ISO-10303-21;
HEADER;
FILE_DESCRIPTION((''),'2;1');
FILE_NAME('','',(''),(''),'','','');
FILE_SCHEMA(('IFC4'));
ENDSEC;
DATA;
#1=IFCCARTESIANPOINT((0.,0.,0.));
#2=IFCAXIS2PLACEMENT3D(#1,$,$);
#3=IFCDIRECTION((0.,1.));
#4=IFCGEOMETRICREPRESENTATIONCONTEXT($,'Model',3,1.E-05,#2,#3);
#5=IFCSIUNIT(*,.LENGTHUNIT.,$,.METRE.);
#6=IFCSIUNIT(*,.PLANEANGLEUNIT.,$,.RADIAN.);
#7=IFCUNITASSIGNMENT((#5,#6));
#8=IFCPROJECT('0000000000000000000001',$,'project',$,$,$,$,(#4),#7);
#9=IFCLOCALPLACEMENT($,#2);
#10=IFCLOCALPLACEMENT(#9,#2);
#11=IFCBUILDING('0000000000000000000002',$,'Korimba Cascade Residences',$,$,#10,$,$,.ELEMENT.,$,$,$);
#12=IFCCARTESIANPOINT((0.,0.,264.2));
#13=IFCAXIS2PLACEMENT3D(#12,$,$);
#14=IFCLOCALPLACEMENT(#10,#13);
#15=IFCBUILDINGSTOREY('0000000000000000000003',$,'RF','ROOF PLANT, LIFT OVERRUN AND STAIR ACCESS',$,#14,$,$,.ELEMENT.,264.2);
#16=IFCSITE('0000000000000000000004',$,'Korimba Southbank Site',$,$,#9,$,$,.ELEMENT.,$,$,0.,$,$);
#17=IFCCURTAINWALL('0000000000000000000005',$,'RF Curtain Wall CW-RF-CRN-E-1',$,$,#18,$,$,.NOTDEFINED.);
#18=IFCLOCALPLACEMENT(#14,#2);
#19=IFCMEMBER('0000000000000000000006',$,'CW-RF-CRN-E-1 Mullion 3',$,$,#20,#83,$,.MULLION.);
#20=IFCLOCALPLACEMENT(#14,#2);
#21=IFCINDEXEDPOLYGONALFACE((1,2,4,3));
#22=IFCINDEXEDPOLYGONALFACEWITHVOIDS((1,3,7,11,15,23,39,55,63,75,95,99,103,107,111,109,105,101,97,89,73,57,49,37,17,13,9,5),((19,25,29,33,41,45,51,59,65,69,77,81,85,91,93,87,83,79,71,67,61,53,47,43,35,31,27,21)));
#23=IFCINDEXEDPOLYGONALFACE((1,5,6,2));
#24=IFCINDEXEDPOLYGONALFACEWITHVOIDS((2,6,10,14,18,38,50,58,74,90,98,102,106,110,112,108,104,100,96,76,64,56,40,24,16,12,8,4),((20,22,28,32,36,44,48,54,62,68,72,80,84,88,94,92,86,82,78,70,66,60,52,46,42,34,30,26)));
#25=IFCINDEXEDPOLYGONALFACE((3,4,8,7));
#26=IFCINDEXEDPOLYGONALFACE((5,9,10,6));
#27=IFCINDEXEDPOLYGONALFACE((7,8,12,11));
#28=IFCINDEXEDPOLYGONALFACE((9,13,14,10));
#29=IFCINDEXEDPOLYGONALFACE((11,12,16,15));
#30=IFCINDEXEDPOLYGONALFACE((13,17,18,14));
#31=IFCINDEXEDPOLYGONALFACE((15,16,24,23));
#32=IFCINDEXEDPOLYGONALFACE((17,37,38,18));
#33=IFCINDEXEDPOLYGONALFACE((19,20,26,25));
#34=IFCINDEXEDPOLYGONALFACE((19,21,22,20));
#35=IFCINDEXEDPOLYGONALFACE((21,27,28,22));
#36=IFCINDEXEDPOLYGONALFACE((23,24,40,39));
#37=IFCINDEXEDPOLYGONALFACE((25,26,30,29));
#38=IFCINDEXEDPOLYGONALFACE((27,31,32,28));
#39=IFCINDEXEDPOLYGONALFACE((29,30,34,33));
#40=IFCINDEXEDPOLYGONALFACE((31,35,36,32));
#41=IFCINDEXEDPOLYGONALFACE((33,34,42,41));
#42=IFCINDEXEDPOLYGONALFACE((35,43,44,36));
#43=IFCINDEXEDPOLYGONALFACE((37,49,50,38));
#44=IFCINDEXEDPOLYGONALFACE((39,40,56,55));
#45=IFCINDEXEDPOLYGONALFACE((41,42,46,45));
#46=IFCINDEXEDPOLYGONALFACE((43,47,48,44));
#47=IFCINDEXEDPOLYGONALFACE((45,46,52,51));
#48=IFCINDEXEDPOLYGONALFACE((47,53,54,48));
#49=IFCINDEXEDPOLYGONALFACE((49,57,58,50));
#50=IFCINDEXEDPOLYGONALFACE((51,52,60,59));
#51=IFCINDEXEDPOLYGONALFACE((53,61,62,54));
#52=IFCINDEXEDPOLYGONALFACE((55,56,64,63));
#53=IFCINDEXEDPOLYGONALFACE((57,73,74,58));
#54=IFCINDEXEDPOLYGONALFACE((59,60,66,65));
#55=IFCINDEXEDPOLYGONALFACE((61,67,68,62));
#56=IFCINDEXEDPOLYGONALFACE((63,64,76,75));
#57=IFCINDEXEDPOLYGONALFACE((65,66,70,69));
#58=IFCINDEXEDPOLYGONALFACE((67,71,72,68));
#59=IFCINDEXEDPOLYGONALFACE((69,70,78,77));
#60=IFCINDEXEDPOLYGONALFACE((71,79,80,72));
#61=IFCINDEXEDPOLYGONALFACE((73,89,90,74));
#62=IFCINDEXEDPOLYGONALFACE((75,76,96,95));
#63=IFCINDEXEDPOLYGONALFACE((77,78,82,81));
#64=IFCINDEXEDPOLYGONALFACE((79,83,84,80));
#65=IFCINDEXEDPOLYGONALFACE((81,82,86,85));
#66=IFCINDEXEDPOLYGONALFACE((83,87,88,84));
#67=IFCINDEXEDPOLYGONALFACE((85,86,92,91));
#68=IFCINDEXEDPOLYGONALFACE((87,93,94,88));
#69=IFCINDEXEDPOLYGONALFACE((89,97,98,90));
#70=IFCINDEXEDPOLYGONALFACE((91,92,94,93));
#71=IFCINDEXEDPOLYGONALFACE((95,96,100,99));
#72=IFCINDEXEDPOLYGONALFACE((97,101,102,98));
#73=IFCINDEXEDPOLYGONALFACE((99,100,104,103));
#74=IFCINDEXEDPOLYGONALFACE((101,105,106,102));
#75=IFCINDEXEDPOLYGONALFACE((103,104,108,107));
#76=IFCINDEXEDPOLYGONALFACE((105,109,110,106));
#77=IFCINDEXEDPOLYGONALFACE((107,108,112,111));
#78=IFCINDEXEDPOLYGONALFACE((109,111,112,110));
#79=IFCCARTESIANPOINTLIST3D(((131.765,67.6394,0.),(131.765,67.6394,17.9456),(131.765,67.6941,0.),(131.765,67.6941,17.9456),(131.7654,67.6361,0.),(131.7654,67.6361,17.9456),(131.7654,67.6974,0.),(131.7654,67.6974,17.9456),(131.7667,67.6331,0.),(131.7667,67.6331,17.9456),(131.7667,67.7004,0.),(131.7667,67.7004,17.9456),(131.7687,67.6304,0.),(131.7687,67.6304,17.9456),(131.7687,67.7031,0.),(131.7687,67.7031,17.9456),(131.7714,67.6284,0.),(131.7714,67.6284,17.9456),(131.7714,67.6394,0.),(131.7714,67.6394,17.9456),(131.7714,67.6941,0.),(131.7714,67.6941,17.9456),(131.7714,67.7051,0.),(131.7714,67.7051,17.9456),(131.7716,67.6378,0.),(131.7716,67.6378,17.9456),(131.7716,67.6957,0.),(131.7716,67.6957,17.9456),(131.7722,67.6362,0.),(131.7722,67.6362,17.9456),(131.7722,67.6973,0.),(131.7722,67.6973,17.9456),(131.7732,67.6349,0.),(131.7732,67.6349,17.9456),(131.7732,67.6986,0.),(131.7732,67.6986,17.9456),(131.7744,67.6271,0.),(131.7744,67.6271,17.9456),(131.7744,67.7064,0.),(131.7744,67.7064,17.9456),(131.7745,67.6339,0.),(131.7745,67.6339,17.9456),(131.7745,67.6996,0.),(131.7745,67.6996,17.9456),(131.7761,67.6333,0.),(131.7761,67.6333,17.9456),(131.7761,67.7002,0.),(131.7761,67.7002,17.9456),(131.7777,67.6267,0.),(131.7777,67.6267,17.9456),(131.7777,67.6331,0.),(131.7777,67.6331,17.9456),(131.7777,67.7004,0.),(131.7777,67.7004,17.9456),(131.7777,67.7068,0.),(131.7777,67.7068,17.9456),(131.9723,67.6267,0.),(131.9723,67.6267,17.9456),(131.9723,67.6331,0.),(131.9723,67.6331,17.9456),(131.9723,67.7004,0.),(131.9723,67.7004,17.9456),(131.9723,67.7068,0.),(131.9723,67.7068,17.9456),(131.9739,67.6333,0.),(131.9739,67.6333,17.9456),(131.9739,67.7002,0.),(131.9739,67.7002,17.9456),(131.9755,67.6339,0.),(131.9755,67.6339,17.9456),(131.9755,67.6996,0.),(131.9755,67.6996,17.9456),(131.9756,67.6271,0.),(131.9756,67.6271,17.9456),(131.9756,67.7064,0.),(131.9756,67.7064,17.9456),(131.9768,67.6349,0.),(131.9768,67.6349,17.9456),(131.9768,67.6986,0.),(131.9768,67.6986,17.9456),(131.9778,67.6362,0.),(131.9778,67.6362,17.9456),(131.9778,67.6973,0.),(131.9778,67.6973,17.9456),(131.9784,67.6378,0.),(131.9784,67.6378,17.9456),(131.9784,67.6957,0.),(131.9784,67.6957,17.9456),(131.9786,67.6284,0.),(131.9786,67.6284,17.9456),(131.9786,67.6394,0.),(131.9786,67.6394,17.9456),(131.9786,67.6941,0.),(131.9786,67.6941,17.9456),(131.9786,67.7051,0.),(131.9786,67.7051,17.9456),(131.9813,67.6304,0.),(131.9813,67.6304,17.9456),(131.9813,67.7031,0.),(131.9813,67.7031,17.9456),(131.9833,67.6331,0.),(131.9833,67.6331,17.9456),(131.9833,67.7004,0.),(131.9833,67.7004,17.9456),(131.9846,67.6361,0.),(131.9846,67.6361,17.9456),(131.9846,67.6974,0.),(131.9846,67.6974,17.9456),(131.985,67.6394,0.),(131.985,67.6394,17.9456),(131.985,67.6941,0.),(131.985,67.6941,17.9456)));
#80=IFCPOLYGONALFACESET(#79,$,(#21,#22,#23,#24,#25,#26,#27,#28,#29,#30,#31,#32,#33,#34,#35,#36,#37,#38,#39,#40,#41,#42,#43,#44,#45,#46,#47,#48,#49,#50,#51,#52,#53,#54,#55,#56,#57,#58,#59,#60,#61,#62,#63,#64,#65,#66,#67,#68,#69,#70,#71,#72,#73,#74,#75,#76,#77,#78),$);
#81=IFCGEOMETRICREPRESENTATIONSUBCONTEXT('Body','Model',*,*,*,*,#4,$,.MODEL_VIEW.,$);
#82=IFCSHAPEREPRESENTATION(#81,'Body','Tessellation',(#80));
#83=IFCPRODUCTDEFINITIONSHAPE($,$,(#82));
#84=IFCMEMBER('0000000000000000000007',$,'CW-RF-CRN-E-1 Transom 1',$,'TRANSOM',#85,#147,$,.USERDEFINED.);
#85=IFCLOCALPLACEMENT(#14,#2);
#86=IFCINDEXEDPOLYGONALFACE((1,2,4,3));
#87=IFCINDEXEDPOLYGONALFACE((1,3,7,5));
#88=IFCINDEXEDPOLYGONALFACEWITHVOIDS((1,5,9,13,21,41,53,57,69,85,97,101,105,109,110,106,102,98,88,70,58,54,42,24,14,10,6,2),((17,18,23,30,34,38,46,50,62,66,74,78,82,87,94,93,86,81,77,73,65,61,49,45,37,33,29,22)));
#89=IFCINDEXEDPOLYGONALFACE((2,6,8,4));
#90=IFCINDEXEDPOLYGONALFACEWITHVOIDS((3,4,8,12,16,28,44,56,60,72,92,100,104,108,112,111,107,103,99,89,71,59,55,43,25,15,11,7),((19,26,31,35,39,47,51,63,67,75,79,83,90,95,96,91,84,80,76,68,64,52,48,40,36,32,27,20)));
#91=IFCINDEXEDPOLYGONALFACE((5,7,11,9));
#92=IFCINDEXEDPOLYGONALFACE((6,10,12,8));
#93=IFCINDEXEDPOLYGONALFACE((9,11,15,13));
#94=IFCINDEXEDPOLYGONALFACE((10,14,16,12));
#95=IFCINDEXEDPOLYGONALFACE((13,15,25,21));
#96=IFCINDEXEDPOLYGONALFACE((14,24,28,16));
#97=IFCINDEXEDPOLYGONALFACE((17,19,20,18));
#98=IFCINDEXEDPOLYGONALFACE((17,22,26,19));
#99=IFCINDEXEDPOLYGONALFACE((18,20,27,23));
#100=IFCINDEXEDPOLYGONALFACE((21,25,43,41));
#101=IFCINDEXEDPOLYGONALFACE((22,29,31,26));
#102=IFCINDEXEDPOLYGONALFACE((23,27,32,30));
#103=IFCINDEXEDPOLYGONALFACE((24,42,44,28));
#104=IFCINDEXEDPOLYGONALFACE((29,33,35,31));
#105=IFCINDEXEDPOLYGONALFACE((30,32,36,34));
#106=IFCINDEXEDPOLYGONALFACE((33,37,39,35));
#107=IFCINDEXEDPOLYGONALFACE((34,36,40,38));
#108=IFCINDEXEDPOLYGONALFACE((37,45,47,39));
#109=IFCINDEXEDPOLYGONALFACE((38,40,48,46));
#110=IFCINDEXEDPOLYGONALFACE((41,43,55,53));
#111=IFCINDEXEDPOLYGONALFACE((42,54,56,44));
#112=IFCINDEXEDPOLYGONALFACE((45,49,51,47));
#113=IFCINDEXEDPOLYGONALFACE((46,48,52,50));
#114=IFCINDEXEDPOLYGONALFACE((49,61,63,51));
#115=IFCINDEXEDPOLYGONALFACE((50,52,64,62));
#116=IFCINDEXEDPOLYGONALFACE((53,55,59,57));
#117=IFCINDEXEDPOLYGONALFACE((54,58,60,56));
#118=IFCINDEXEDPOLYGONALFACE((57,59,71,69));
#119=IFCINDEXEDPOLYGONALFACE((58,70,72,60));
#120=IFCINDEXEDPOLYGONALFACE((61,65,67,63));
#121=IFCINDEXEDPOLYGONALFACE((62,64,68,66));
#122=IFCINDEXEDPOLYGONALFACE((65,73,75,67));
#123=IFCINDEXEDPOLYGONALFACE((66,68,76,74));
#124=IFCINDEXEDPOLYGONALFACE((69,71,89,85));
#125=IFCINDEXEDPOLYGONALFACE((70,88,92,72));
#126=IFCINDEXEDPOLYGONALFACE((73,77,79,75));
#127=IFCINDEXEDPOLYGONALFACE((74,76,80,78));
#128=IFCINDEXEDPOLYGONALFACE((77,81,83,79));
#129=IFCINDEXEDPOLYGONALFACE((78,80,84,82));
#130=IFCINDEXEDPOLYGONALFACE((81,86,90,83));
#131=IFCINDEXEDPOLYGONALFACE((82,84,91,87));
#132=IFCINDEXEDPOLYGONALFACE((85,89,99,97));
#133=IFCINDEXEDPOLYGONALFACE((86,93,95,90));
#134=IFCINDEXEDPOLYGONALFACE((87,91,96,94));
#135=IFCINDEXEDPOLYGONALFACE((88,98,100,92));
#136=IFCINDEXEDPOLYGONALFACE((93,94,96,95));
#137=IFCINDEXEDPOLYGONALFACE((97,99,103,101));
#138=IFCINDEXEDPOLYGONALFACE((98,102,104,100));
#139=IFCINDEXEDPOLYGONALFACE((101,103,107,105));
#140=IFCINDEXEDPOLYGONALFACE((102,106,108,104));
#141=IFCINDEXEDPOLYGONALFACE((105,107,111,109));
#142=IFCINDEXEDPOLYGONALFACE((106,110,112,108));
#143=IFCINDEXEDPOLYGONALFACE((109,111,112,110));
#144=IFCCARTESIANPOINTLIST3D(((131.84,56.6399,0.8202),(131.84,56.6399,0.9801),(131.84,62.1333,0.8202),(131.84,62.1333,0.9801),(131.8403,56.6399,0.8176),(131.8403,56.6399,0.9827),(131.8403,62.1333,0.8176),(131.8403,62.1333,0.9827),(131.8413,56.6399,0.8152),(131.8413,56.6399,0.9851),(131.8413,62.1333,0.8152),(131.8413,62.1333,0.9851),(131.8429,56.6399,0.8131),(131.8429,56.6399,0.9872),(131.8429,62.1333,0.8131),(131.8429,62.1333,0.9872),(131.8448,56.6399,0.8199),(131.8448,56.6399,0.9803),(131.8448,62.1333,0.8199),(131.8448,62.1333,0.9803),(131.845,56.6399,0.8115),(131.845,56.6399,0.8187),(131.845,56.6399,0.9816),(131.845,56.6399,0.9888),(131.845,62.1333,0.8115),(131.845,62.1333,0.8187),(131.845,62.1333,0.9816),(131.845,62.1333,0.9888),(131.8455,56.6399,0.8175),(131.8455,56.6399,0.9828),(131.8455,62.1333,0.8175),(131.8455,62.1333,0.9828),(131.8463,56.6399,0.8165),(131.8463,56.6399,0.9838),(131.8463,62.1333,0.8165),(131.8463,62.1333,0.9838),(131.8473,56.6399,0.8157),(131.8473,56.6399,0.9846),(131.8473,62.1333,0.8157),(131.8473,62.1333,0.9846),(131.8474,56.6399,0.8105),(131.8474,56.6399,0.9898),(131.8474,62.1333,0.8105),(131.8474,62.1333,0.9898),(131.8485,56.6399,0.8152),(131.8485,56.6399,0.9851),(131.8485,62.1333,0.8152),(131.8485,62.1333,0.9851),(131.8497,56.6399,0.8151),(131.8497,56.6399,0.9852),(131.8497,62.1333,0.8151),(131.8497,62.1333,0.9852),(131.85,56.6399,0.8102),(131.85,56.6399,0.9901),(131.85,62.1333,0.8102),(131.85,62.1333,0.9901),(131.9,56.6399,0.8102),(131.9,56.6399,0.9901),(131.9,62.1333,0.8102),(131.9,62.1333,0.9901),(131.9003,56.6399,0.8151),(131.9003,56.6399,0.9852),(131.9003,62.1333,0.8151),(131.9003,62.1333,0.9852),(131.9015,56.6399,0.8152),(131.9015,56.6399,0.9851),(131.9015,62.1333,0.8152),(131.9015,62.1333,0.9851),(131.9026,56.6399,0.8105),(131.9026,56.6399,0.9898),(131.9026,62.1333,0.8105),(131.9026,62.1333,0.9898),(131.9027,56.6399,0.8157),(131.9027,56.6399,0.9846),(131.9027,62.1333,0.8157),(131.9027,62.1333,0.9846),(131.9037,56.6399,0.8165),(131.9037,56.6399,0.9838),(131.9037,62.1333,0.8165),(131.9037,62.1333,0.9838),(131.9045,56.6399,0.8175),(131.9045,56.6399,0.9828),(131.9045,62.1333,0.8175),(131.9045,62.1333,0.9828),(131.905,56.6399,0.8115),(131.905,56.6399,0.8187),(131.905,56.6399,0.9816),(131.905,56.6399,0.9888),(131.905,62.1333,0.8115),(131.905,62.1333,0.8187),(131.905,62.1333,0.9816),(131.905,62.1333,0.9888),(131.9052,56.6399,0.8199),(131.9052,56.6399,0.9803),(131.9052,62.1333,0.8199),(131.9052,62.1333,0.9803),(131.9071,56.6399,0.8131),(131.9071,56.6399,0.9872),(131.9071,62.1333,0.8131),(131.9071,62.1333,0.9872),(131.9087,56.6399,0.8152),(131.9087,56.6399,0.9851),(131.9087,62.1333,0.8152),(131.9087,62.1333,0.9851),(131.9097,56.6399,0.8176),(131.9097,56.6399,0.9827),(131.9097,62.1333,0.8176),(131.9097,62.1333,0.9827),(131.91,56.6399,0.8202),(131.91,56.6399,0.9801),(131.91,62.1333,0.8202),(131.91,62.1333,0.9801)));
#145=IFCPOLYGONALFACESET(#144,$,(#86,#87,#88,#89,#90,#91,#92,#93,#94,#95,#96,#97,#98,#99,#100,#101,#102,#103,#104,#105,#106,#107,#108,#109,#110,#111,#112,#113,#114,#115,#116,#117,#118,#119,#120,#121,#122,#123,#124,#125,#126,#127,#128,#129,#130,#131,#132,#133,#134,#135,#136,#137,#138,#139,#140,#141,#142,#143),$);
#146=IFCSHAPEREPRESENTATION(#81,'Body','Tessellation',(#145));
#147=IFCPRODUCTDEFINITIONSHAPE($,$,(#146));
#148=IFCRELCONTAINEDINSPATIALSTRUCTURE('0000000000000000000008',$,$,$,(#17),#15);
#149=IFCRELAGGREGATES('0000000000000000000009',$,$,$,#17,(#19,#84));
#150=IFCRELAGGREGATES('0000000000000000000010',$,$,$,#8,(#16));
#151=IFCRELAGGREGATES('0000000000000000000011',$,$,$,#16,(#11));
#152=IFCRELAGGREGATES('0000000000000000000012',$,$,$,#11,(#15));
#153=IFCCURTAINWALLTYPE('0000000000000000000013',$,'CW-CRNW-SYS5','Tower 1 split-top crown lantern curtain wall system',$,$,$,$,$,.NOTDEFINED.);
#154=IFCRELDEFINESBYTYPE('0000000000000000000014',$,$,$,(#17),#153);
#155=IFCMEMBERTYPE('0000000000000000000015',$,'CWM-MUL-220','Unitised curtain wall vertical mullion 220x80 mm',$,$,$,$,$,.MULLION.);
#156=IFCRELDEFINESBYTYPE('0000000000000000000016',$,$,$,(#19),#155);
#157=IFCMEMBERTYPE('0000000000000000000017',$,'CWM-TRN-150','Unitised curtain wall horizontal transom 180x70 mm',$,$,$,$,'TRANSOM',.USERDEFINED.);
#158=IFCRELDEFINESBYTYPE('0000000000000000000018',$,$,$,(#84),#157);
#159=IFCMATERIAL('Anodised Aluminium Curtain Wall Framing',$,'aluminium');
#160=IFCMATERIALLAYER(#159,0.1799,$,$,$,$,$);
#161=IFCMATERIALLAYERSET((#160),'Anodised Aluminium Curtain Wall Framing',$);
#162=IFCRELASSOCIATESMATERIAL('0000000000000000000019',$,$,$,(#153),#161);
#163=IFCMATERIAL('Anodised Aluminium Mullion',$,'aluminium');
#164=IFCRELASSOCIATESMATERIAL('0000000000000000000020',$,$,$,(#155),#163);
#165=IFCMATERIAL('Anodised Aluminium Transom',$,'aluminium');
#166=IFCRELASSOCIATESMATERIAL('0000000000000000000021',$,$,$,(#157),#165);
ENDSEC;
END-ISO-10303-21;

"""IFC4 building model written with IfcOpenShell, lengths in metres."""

from ifc_helpers import new_model, si_unit, direction, frame, origin, origin_2d, place, context, subcontext, project, spatial, hollow_rectangle, extrude, material, layer, layer_set, material_profile, profile_set, type_object, element, aggregate, save


model = new_model("IFC4")

# Units and contexts
model_context = context("Model", 3, precision=1e-05, world=origin(), true_north=direction((0.0, 1.0)))
body_context = subcontext(model_context, "Body", "Model", "MODEL_VIEW")
ifc_project = project(units=[si_unit("LENGTHUNIT", "METRE"), si_unit("PLANEANGLEUNIT", "RADIAN")], contexts=[model_context])

# Site, building, storey
site_placement = place(None, origin())
site = spatial("IfcSite", under=ifc_project, at=site_placement, Name="Korimba Southbank Site", CompositionType="ELEMENT", RefElevation=0.0)
building_placement = place(site_placement, origin())
building = spatial("IfcBuilding", under=site, at=building_placement, Name="Korimba Cascade Residences", CompositionType="ELEMENT")
storey_placement = place(building_placement, frame((0.0, 0.0, 264.2)))
storey = spatial("IfcBuildingStorey", under=building, at=storey_placement, Name="RF", Description="ROOF PLANT, LIFT OVERRUN AND STAIR ACCESS", CompositionType="ELEMENT", Elevation=264.2)

# Curtain wall, members
ifc_material_1 = material(Name="Anodised Aluminium Curtain Wall Framing", Category="aluminium")
ifc_layer_1 = layer(ifc_material_1, 0.1799)
ifc_layer_set_1 = layer_set([ifc_layer_1], Name="Anodised Aluminium Curtain Wall Framing")
curtain_wall_type = type_object("IfcCurtainWallType", Name="CW-CRNW-SYS5", Description="Tower 1 split-top crown lantern curtain wall system", PredefinedType="NOTDEFINED", material=ifc_layer_set_1)
curtain_wall_placement = place(storey_placement, origin())
curtain_wall = element("IfcCurtainWall", 1, at=curtain_wall_placement, inside=storey, type_object=curtain_wall_type, Name="RF Curtain Wall CW-RF-CRN-E-1", PredefinedType="NOTDEFINED")
ifc_material_2 = material(Name="Anodised Aluminium Mullion", Category="aluminium")
ifc_material_profile_1 = material_profile(ifc_material_2, hollow_rectangle(XDim=0.0801, YDim=0.22, WallThickness=0.0063, InnerFilletRadius=0.0063, OuterFilletRadius=0.0127, at=origin_2d()), Name="Anodised Aluminium Mullion")
ifc_profile_set_1 = profile_set([ifc_material_profile_1], Name="Anodised Aluminium Mullion")
member_type_1 = type_object("IfcMemberType", Name="CWM-MUL-220", Description="Unitised curtain wall vertical mullion 220x80 mm", PredefinedType="MULLION", material=ifc_profile_set_1)
member_1_placement = place(storey_placement, frame((131.875, 67.6667, 0.0), z_axis=(0.0, 0.0, 1.0), x_axis=(0.0, 1.0, 0.0)))
member_1 = element("IfcMember", 2, at=member_1_placement, type_object=member_type_1, Name="CW-RF-CRN-E-1 Mullion 3", PredefinedType="MULLION", context=body_context, shape_type="SweptSolid", body=[
    extrude(hollow_rectangle(XDim=0.0801, YDim=0.22, WallThickness=0.0063, InnerFilletRadius=0.0063, OuterFilletRadius=0.0127, at=origin_2d()), origin(), (0.0, 0.0, 1.0), 17.9456),
])
ifc_material_3 = material(Name="Anodised Aluminium Transom", Category="aluminium")
ifc_material_profile_2 = material_profile(ifc_material_3, hollow_rectangle(XDim=0.0701, YDim=0.1799, WallThickness=0.0049, InnerFilletRadius=0.0049, OuterFilletRadius=0.01, at=origin_2d()), Name="Anodised Aluminium Transom")
ifc_profile_set_2 = profile_set([ifc_material_profile_2], Name="Anodised Aluminium Transom")
member_type_2 = type_object("IfcMemberType", Name="CWM-TRN-150", Description="Unitised curtain wall horizontal transom 180x70 mm", ElementType="TRANSOM", PredefinedType="USERDEFINED", material=ifc_profile_set_2)
member_2_placement = place(storey_placement, frame((131.875, 56.6399, 0.9001), z_axis=(0.0, 1.0, 0.0), x_axis=(-1.0, 0.0, 0.0)))
member_2 = element("IfcMember", 3, at=member_2_placement, type_object=member_type_2, Name="CW-RF-CRN-E-1 Transom 1", ObjectType="TRANSOM", PredefinedType="USERDEFINED", context=body_context, shape_type="SweptSolid", body=[
    extrude(hollow_rectangle(XDim=0.0701, YDim=0.1799, WallThickness=0.0049, InnerFilletRadius=0.0049, OuterFilletRadius=0.01, at=origin_2d()), origin(), (0.0, 0.0, 1.0), 5.4934),
])

aggregate(curtain_wall, [member_1, member_2])

save(model, "model.ifc")
